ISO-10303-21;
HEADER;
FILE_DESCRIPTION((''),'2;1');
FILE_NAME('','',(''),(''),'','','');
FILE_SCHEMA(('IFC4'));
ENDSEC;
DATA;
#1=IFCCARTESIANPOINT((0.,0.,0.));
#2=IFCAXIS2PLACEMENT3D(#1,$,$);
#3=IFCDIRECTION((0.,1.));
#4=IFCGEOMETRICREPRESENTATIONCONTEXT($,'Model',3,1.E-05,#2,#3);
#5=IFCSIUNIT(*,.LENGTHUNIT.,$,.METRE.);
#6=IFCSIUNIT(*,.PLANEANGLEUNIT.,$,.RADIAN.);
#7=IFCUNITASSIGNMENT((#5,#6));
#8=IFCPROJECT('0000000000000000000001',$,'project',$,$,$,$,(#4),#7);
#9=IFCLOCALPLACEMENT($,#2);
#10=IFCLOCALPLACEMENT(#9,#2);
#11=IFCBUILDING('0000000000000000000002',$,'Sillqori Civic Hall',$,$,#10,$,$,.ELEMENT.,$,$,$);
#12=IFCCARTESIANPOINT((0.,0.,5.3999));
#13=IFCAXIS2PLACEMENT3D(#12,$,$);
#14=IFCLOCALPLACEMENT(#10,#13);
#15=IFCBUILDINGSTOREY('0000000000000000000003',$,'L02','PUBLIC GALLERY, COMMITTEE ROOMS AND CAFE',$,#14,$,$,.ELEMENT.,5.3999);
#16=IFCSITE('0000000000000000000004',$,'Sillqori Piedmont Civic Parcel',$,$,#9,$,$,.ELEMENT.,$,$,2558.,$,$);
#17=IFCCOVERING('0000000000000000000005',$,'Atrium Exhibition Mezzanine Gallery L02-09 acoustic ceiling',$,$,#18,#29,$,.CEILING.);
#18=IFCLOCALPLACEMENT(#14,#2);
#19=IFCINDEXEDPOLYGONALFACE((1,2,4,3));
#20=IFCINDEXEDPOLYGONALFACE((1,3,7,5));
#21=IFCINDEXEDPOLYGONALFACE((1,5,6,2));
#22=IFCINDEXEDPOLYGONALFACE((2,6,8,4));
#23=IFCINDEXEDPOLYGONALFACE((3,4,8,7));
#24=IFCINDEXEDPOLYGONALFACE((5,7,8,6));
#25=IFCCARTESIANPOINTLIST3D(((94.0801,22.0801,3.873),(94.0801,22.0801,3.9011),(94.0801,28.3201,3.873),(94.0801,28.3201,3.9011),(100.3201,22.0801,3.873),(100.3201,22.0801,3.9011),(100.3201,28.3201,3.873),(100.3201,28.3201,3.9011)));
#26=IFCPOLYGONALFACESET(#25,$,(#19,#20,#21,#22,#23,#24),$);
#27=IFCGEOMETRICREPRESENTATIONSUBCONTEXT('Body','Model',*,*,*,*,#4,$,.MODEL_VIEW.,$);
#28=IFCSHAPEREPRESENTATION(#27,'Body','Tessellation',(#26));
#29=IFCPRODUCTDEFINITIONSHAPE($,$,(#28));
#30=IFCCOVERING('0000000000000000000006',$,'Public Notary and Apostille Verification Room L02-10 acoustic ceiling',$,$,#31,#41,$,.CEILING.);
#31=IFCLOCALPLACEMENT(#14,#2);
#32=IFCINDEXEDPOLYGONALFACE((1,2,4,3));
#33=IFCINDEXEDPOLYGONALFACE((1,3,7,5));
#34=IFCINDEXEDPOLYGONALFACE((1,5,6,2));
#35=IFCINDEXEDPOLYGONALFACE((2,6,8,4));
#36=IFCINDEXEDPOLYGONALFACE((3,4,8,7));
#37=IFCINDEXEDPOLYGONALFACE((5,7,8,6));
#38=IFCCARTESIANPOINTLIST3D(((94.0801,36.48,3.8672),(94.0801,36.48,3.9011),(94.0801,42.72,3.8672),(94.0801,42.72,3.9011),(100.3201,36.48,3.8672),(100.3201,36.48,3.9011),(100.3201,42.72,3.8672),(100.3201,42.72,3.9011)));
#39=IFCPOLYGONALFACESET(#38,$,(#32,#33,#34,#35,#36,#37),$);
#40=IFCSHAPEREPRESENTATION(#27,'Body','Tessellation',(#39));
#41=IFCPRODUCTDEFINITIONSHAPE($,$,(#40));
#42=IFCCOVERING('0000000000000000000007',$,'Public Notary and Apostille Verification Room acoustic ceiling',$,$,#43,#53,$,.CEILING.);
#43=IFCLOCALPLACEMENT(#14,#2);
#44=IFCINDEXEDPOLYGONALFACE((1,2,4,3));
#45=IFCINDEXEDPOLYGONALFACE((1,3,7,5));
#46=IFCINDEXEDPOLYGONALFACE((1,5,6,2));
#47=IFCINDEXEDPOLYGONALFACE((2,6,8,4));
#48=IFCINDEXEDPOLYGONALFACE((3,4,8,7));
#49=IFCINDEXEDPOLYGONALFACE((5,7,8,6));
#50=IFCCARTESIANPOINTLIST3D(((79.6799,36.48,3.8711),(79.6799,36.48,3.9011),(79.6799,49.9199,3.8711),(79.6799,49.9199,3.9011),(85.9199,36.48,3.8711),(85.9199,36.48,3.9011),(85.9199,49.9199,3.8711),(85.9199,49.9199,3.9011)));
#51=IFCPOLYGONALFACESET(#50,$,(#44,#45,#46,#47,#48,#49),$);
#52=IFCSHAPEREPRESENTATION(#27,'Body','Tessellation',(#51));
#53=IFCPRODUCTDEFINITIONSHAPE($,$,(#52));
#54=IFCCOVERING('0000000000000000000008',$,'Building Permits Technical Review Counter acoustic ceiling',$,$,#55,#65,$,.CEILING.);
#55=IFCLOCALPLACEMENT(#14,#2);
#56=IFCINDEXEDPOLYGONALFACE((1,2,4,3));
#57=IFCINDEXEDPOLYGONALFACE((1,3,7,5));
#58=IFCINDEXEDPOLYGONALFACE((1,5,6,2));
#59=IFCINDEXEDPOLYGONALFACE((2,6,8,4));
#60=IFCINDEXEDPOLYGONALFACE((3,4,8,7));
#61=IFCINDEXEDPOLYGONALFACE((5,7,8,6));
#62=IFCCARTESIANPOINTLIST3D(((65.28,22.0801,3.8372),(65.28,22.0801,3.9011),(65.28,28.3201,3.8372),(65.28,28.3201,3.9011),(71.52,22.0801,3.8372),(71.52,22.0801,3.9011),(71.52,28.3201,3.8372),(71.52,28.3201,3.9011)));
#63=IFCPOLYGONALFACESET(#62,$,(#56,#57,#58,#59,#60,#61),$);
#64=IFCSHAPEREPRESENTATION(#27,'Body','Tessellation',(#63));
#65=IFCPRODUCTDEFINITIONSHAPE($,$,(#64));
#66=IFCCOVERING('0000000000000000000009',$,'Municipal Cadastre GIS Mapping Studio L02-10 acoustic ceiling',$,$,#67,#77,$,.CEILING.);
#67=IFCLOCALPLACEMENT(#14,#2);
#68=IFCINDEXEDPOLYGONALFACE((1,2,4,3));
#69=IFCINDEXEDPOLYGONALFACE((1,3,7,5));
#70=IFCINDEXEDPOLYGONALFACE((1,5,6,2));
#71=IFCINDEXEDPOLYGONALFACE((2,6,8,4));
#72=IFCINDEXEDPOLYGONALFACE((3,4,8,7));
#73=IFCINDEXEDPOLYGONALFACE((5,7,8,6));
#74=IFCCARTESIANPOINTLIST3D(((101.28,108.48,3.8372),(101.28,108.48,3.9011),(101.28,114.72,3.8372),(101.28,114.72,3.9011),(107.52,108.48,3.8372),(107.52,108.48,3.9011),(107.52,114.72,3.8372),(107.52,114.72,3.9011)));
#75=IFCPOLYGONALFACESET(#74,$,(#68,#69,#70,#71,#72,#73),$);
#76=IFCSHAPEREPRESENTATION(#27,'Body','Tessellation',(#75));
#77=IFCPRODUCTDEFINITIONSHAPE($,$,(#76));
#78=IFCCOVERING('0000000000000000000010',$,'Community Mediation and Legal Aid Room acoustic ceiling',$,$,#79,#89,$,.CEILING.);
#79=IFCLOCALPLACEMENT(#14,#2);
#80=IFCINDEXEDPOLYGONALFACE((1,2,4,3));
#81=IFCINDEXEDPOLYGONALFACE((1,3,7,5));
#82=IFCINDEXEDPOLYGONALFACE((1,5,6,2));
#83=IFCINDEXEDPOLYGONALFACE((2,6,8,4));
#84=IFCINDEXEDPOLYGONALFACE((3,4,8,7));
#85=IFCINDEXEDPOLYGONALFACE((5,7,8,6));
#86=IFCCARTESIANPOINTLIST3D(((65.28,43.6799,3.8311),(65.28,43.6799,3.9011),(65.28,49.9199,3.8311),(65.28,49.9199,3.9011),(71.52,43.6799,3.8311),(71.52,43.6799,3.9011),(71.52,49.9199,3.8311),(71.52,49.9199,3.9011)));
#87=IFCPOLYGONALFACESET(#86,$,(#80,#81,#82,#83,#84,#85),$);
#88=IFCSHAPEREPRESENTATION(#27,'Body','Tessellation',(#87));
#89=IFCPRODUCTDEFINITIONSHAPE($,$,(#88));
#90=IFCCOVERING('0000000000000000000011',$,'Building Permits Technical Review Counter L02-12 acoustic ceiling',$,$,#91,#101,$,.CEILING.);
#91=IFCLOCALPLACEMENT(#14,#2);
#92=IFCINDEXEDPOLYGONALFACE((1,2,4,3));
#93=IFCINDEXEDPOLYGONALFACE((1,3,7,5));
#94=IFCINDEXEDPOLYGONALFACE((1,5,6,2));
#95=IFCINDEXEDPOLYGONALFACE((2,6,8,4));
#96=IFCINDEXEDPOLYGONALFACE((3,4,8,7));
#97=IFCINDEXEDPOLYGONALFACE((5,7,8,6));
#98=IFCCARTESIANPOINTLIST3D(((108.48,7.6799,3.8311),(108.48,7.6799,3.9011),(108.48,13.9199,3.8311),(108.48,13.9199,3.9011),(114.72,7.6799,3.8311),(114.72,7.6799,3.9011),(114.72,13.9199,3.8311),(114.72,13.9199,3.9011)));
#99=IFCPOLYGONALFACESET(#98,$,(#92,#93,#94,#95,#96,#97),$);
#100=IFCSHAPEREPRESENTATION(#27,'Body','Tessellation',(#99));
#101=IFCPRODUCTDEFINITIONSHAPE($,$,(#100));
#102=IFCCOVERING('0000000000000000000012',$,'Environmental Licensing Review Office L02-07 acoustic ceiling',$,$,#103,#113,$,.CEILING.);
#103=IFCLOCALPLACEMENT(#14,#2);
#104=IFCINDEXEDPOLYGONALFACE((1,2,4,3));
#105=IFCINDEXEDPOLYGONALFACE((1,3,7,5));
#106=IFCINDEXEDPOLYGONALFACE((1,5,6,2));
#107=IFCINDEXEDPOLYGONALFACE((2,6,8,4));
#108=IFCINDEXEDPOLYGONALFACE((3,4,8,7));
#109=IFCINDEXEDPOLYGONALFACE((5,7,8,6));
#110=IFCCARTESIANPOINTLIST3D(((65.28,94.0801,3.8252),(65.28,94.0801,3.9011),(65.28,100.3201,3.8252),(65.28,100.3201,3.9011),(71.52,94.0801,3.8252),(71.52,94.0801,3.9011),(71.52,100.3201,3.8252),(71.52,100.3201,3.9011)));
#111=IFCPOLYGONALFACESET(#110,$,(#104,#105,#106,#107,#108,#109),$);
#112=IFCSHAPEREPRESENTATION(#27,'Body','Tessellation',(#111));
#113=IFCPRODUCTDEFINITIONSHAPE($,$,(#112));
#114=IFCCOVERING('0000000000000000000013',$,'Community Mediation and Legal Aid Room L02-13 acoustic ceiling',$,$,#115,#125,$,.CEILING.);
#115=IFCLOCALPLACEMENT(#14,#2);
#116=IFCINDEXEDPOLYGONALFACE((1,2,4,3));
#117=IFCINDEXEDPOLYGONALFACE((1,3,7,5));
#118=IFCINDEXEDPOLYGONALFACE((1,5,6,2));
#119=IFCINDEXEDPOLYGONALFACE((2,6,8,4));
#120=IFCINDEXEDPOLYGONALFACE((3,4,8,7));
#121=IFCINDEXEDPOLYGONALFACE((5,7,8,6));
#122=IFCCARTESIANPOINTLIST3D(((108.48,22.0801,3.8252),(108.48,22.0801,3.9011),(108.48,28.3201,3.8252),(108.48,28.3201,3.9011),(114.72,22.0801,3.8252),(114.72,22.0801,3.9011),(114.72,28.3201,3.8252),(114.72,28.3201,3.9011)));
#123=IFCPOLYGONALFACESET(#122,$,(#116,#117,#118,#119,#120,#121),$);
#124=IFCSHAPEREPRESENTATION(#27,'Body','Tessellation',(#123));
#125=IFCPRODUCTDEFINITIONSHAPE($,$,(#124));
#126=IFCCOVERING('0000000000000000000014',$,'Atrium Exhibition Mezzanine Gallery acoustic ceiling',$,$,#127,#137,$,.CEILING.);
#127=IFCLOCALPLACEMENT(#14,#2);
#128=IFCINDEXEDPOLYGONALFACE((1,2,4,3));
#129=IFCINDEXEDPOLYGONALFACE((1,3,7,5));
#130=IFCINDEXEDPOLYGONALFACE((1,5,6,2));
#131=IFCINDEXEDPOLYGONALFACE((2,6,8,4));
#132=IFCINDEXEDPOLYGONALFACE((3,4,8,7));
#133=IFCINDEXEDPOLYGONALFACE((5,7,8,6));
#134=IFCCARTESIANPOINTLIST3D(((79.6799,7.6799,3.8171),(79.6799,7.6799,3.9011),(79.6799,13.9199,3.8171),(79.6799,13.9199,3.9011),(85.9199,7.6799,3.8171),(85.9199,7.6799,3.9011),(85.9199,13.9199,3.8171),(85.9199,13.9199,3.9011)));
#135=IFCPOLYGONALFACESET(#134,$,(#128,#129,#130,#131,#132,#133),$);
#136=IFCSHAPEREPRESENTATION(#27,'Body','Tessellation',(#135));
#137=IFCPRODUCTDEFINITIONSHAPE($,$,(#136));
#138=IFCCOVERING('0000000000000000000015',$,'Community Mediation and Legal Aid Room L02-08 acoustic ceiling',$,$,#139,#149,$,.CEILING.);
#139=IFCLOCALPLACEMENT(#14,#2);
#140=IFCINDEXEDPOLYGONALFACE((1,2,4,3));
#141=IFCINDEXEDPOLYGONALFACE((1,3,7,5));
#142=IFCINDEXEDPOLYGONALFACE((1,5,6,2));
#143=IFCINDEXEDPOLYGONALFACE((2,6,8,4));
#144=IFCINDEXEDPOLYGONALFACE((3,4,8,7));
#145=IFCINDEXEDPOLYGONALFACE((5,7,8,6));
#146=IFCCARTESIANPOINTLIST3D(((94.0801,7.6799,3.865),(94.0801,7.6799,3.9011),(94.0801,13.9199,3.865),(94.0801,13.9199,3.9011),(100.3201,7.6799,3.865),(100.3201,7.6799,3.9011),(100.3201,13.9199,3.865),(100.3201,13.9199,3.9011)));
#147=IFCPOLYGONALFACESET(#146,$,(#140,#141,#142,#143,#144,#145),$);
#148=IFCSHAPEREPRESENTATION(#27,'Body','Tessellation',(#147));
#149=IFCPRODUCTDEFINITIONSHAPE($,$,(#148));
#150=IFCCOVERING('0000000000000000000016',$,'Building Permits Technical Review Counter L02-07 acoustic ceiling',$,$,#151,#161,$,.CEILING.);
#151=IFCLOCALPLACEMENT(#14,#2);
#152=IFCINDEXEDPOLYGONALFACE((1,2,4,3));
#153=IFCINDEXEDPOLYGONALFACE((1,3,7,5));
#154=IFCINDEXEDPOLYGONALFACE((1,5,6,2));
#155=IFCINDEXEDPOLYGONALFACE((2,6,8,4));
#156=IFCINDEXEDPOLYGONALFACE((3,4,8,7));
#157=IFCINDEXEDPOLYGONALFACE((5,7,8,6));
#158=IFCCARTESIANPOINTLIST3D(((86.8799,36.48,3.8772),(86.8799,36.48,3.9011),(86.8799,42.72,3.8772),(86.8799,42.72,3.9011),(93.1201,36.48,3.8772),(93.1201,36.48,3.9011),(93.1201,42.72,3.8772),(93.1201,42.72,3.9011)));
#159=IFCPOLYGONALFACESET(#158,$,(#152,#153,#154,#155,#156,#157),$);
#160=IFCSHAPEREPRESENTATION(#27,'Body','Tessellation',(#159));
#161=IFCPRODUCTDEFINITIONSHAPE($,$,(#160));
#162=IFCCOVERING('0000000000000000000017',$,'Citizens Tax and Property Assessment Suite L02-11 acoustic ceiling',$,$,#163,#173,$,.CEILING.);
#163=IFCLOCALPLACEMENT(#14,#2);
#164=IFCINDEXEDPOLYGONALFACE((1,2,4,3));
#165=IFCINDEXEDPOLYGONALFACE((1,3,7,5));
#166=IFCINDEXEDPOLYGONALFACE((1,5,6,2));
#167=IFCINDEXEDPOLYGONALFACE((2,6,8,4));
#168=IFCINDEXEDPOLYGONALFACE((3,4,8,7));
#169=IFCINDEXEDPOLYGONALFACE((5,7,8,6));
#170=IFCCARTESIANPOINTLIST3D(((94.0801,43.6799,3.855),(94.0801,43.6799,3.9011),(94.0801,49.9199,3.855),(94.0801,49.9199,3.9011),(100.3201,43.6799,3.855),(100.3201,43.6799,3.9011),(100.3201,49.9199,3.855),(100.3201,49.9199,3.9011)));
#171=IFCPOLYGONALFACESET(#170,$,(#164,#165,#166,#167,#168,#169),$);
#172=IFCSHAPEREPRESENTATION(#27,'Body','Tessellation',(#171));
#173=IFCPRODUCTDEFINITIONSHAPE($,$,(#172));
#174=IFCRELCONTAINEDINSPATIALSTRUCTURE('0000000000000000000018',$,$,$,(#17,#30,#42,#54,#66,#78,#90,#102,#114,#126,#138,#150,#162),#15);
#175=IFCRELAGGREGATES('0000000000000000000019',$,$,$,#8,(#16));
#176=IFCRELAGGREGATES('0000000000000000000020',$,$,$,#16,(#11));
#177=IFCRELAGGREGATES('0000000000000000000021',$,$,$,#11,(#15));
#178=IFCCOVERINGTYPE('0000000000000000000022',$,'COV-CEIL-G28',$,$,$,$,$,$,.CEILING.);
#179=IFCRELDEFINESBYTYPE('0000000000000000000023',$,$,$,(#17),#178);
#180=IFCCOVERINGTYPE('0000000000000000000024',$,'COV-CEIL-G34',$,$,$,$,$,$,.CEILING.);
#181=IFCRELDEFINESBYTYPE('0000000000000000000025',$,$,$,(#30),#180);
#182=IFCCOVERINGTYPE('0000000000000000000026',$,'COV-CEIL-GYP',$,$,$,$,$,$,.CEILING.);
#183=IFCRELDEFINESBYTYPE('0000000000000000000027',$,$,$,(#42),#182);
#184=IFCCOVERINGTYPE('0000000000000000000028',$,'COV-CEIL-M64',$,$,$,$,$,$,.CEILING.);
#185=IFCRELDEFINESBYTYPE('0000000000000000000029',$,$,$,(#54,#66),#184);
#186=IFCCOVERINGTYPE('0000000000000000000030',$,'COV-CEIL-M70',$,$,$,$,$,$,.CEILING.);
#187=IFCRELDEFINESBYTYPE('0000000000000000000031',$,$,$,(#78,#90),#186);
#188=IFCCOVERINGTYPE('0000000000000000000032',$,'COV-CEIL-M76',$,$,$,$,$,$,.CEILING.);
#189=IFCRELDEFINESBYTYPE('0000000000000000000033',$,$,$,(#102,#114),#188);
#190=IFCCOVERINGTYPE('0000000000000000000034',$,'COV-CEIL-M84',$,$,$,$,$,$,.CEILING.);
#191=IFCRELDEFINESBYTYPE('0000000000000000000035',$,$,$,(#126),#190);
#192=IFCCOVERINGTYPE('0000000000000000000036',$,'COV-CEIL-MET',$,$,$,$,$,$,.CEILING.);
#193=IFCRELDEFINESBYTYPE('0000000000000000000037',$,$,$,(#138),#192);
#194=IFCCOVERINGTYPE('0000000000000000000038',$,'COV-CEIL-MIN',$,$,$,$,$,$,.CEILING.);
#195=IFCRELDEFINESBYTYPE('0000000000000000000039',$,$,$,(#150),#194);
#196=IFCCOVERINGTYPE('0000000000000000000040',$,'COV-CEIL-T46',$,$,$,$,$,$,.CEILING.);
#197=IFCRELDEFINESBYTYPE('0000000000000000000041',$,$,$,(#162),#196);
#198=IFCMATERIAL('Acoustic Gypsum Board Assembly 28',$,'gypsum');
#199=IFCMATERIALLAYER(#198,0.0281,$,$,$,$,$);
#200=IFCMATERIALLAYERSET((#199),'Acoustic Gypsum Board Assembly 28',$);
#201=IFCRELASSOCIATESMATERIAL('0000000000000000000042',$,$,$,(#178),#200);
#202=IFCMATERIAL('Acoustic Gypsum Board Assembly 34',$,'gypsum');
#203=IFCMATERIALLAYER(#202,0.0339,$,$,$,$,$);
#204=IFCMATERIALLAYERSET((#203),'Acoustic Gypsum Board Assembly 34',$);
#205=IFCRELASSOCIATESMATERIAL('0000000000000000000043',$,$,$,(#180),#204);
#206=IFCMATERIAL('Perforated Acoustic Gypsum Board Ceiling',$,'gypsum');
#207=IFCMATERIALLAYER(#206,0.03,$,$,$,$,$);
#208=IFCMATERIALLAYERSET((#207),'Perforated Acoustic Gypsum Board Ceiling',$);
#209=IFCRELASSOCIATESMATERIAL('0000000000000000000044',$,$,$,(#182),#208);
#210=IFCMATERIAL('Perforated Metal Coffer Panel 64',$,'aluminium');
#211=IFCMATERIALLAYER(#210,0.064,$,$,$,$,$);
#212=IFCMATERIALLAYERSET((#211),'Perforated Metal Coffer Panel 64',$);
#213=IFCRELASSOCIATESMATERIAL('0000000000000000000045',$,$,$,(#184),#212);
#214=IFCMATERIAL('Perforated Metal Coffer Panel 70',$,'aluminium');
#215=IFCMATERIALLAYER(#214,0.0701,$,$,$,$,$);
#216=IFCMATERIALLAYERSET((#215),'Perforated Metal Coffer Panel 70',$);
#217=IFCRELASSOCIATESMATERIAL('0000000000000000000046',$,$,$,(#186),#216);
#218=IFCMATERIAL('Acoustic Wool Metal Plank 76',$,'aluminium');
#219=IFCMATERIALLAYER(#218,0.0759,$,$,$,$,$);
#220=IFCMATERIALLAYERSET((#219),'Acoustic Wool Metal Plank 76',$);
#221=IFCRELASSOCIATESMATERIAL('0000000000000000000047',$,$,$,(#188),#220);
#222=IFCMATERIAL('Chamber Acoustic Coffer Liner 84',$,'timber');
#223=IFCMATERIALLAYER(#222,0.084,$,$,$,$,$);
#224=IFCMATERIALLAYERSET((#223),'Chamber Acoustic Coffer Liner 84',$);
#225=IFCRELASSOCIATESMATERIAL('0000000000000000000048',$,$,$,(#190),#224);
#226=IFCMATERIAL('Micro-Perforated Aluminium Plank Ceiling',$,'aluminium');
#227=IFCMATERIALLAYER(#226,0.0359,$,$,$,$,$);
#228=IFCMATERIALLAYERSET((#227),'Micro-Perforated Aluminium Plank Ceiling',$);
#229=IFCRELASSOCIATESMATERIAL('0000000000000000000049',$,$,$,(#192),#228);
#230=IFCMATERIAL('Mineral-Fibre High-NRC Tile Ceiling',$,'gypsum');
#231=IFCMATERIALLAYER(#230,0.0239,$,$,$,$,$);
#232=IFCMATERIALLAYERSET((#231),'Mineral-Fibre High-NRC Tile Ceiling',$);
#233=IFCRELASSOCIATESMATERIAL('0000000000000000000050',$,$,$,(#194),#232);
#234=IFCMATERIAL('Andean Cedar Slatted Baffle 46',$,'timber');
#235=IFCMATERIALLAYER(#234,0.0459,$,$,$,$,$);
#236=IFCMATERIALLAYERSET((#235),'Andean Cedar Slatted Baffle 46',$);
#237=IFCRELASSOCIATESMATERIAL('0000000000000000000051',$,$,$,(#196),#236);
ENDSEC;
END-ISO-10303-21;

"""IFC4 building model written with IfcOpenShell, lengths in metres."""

from ifc_helpers import new_model, si_unit, direction, frame, origin, place, context, subcontext, project, spatial, polyline, outline, extrude, material, layer, layer_set, type_object, element, save


model = new_model("IFC4")

# Units and contexts
model_context = context("Model", 3, precision=1e-05, world=origin(), true_north=direction((0.0, 1.0)))
body_context = subcontext(model_context, "Body", "Model", "MODEL_VIEW")
ifc_project = project(units=[si_unit("LENGTHUNIT", "METRE"), si_unit("PLANEANGLEUNIT", "RADIAN")], contexts=[model_context])

# Site, building, storey
site_placement = place(None, origin())
site = spatial("IfcSite", under=ifc_project, at=site_placement, Name="Sillqori Piedmont Civic Parcel", CompositionType="ELEMENT", RefElevation=2558.0)
building_placement = place(site_placement, origin())
building = spatial("IfcBuilding", under=site, at=building_placement, Name="Sillqori Civic Hall", CompositionType="ELEMENT")
storey_placement = place(building_placement, frame((0.0, 0.0, 5.3999)))
storey = spatial("IfcBuildingStorey", under=building, at=storey_placement, Name="L02", Description="PUBLIC GALLERY, COMMITTEE ROOMS AND CAFE", CompositionType="ELEMENT", Elevation=5.3999)

# Coverings
ifc_material_1 = material(Name="Acoustic Gypsum Board Assembly 28", Category="gypsum")
ifc_layer_1 = layer(ifc_material_1, 0.0281)
ifc_layer_set_1 = layer_set([ifc_layer_1], Name="Acoustic Gypsum Board Assembly 28")
covering_type_1 = type_object("IfcCoveringType", Name="COV-CEIL-G28", PredefinedType="CEILING", material=ifc_layer_set_1)
covering_1_placement = place(storey_placement, frame((0.0, 0.0, 3.873)))
element("IfcCovering", 1, at=covering_1_placement, inside=storey, type_object=covering_type_1, Name="Atrium Exhibition Mezzanine Gallery L02-09 acoustic ceiling", PredefinedType="CEILING", context=body_context, shape_type="SweptSolid", body=[
    extrude(outline(polyline([(94.0801, 22.0801), (100.3201, 22.0801), (100.3201, 28.3201), (94.0801, 28.3201), (94.0801, 22.0801)])), origin(), (0.0, 0.0, 1.0), 0.0281),
])
ifc_material_2 = material(Name="Acoustic Gypsum Board Assembly 34", Category="gypsum")
ifc_layer_2 = layer(ifc_material_2, 0.0339)
ifc_layer_set_2 = layer_set([ifc_layer_2], Name="Acoustic Gypsum Board Assembly 34")
covering_type_2 = type_object("IfcCoveringType", Name="COV-CEIL-G34", PredefinedType="CEILING", material=ifc_layer_set_2)
covering_2_placement = place(storey_placement, frame((0.0, 0.0, 3.8672)))
element("IfcCovering", 2, at=covering_2_placement, inside=storey, type_object=covering_type_2, Name="Public Notary and Apostille Verification Room L02-10 acoustic ceiling", PredefinedType="CEILING", context=body_context, shape_type="SweptSolid", body=[
    extrude(outline(polyline([(94.0801, 36.48), (100.3201, 36.48), (100.3201, 42.72), (94.0801, 42.72), (94.0801, 36.48)])), origin(), (0.0, 0.0, 1.0), 0.0339),
])
ifc_material_3 = material(Name="Perforated Acoustic Gypsum Board Ceiling", Category="gypsum")
ifc_layer_3 = layer(ifc_material_3, 0.03)
ifc_layer_set_3 = layer_set([ifc_layer_3], Name="Perforated Acoustic Gypsum Board Ceiling")
covering_type_3 = type_object("IfcCoveringType", Name="COV-CEIL-GYP", PredefinedType="CEILING", material=ifc_layer_set_3)
covering_3_placement = place(storey_placement, frame((0.0, 0.0, 3.8711)))
element("IfcCovering", 3, at=covering_3_placement, inside=storey, type_object=covering_type_3, Name="Public Notary and Apostille Verification Room acoustic ceiling", PredefinedType="CEILING", context=body_context, shape_type="SweptSolid", body=[
    extrude(outline(polyline([(79.6799, 36.48), (85.9199, 36.48), (85.9199, 49.9199), (79.6799, 49.9199), (79.6799, 36.48)])), origin(), (0.0, 0.0, 1.0), 0.03),
])
ifc_material_4 = material(Name="Perforated Metal Coffer Panel 64", Category="aluminium")
ifc_layer_4 = layer(ifc_material_4, 0.064)
ifc_layer_set_4 = layer_set([ifc_layer_4], Name="Perforated Metal Coffer Panel 64")
covering_type_4 = type_object("IfcCoveringType", Name="COV-CEIL-M64", PredefinedType="CEILING", material=ifc_layer_set_4)
covering_4_placement = place(storey_placement, frame((0.0, 0.0, 3.8372)))
element("IfcCovering", 4, at=covering_4_placement, inside=storey, type_object=covering_type_4, Name="Building Permits Technical Review Counter acoustic ceiling", PredefinedType="CEILING", context=body_context, shape_type="SweptSolid", body=[
    extrude(outline(polyline([(65.28, 22.0801), (71.52, 22.0801), (71.52, 28.3201), (65.28, 28.3201), (65.28, 22.0801)])), origin(), (0.0, 0.0, 1.0), 0.064),
])
covering_5_placement = place(storey_placement, frame((0.0, 0.0, 3.8372)))
element("IfcCovering", 5, at=covering_5_placement, inside=storey, type_object=covering_type_4, Name="Municipal Cadastre GIS Mapping Studio L02-10 acoustic ceiling", PredefinedType="CEILING", context=body_context, shape_type="SweptSolid", body=[
    extrude(outline(polyline([(101.28, 108.48), (107.52, 108.48), (107.52, 114.72), (101.28, 114.72), (101.28, 108.48)])), origin(), (0.0, 0.0, 1.0), 0.064),
])
ifc_material_5 = material(Name="Perforated Metal Coffer Panel 70", Category="aluminium")
ifc_layer_5 = layer(ifc_material_5, 0.0701)
ifc_layer_set_5 = layer_set([ifc_layer_5], Name="Perforated Metal Coffer Panel 70")
covering_type_5 = type_object("IfcCoveringType", Name="COV-CEIL-M70", PredefinedType="CEILING", material=ifc_layer_set_5)
covering_6_placement = place(storey_placement, frame((0.0, 0.0, 3.8311)))
element("IfcCovering", 6, at=covering_6_placement, inside=storey, type_object=covering_type_5, Name="Community Mediation and Legal Aid Room acoustic ceiling", PredefinedType="CEILING", context=body_context, shape_type="SweptSolid", body=[
    extrude(outline(polyline([(65.28, 43.6799), (71.52, 43.6799), (71.52, 49.9199), (65.28, 49.9199), (65.28, 43.6799)])), origin(), (0.0, 0.0, 1.0), 0.0701),
])
covering_7_placement = place(storey_placement, frame((0.0, 0.0, 3.8311)))
element("IfcCovering", 7, at=covering_7_placement, inside=storey, type_object=covering_type_5, Name="Building Permits Technical Review Counter L02-12 acoustic ceiling", PredefinedType="CEILING", context=body_context, shape_type="SweptSolid", body=[
    extrude(outline(polyline([(108.48, 7.6799), (114.72, 7.6799), (114.72, 13.9199), (108.48, 13.9199), (108.48, 7.6799)])), origin(), (0.0, 0.0, 1.0), 0.0701),
])
ifc_material_6 = material(Name="Acoustic Wool Metal Plank 76", Category="aluminium")
ifc_layer_6 = layer(ifc_material_6, 0.0759)
ifc_layer_set_6 = layer_set([ifc_layer_6], Name="Acoustic Wool Metal Plank 76")
covering_type_6 = type_object("IfcCoveringType", Name="COV-CEIL-M76", PredefinedType="CEILING", material=ifc_layer_set_6)
covering_8_placement = place(storey_placement, frame((0.0, 0.0, 3.8252)))
element("IfcCovering", 8, at=covering_8_placement, inside=storey, type_object=covering_type_6, Name="Environmental Licensing Review Office L02-07 acoustic ceiling", PredefinedType="CEILING", context=body_context, shape_type="SweptSolid", body=[
    extrude(outline(polyline([(65.28, 94.0801), (71.52, 94.0801), (71.52, 100.3201), (65.28, 100.3201), (65.28, 94.0801)])), origin(), (0.0, 0.0, 1.0), 0.0759),
])
covering_9_placement = place(storey_placement, frame((0.0, 0.0, 3.8252)))
element("IfcCovering", 9, at=covering_9_placement, inside=storey, type_object=covering_type_6, Name="Community Mediation and Legal Aid Room L02-13 acoustic ceiling", PredefinedType="CEILING", context=body_context, shape_type="SweptSolid", body=[
    extrude(outline(polyline([(108.48, 22.0801), (114.72, 22.0801), (114.72, 28.3201), (108.48, 28.3201), (108.48, 22.0801)])), origin(), (0.0, 0.0, 1.0), 0.0759),
])
ifc_material_7 = material(Name="Chamber Acoustic Coffer Liner 84", Category="timber")
ifc_layer_7 = layer(ifc_material_7, 0.084)
ifc_layer_set_7 = layer_set([ifc_layer_7], Name="Chamber Acoustic Coffer Liner 84")
covering_type_7 = type_object("IfcCoveringType", Name="COV-CEIL-M84", PredefinedType="CEILING", material=ifc_layer_set_7)
covering_10_placement = place(storey_placement, frame((0.0, 0.0, 3.8171)))
element("IfcCovering", 10, at=covering_10_placement, inside=storey, type_object=covering_type_7, Name="Atrium Exhibition Mezzanine Gallery acoustic ceiling", PredefinedType="CEILING", context=body_context, shape_type="SweptSolid", body=[
    extrude(outline(polyline([(79.6799, 7.6799), (85.9199, 7.6799), (85.9199, 13.9199), (79.6799, 13.9199), (79.6799, 7.6799)])), origin(), (0.0, 0.0, 1.0), 0.084),
])
ifc_material_8 = material(Name="Micro-Perforated Aluminium Plank Ceiling", Category="aluminium")
ifc_layer_8 = layer(ifc_material_8, 0.0359)
ifc_layer_set_8 = layer_set([ifc_layer_8], Name="Micro-Perforated Aluminium Plank Ceiling")
covering_type_8 = type_object("IfcCoveringType", Name="COV-CEIL-MET", PredefinedType="CEILING", material=ifc_layer_set_8)
covering_11_placement = place(storey_placement, frame((0.0, 0.0, 3.865)))
element("IfcCovering", 11, at=covering_11_placement, inside=storey, type_object=covering_type_8, Name="Community Mediation and Legal Aid Room L02-08 acoustic ceiling", PredefinedType="CEILING", context=body_context, shape_type="SweptSolid", body=[
    extrude(outline(polyline([(94.0801, 7.6799), (100.3201, 7.6799), (100.3201, 13.9199), (94.0801, 13.9199), (94.0801, 7.6799)])), origin(), (0.0, 0.0, 1.0), 0.0361),
])
ifc_material_9 = material(Name="Mineral-Fibre High-NRC Tile Ceiling", Category="gypsum")
ifc_layer_9 = layer(ifc_material_9, 0.0239)
ifc_layer_set_9 = layer_set([ifc_layer_9], Name="Mineral-Fibre High-NRC Tile Ceiling")
covering_type_9 = type_object("IfcCoveringType", Name="COV-CEIL-MIN", PredefinedType="CEILING", material=ifc_layer_set_9)
covering_12_placement = place(storey_placement, frame((0.0, 0.0, 3.8772)))
element("IfcCovering", 12, at=covering_12_placement, inside=storey, type_object=covering_type_9, Name="Building Permits Technical Review Counter L02-07 acoustic ceiling", PredefinedType="CEILING", context=body_context, shape_type="SweptSolid", body=[
    extrude(outline(polyline([(86.8799, 36.48), (93.1201, 36.48), (93.1201, 42.72), (86.8799, 42.72), (86.8799, 36.48)])), origin(), (0.0, 0.0, 1.0), 0.0239),
])
ifc_material_10 = material(Name="Andean Cedar Slatted Baffle 46", Category="timber")
ifc_layer_10 = layer(ifc_material_10, 0.0459)
ifc_layer_set_10 = layer_set([ifc_layer_10], Name="Andean Cedar Slatted Baffle 46")
covering_type_10 = type_object("IfcCoveringType", Name="COV-CEIL-T46", PredefinedType="CEILING", material=ifc_layer_set_10)
covering_13_placement = place(storey_placement, frame((0.0, 0.0, 3.855)))
element("IfcCovering", 13, at=covering_13_placement, inside=storey, type_object=covering_type_10, Name="Citizens Tax and Property Assessment Suite L02-11 acoustic ceiling", PredefinedType="CEILING", context=body_context, shape_type="SweptSolid", body=[
    extrude(outline(polyline([(94.0801, 43.6799), (100.3201, 43.6799), (100.3201, 49.9199), (94.0801, 49.9199), (94.0801, 43.6799)])), origin(), (0.0, 0.0, 1.0), 0.0461),
])

save(model, "model.ifc")
